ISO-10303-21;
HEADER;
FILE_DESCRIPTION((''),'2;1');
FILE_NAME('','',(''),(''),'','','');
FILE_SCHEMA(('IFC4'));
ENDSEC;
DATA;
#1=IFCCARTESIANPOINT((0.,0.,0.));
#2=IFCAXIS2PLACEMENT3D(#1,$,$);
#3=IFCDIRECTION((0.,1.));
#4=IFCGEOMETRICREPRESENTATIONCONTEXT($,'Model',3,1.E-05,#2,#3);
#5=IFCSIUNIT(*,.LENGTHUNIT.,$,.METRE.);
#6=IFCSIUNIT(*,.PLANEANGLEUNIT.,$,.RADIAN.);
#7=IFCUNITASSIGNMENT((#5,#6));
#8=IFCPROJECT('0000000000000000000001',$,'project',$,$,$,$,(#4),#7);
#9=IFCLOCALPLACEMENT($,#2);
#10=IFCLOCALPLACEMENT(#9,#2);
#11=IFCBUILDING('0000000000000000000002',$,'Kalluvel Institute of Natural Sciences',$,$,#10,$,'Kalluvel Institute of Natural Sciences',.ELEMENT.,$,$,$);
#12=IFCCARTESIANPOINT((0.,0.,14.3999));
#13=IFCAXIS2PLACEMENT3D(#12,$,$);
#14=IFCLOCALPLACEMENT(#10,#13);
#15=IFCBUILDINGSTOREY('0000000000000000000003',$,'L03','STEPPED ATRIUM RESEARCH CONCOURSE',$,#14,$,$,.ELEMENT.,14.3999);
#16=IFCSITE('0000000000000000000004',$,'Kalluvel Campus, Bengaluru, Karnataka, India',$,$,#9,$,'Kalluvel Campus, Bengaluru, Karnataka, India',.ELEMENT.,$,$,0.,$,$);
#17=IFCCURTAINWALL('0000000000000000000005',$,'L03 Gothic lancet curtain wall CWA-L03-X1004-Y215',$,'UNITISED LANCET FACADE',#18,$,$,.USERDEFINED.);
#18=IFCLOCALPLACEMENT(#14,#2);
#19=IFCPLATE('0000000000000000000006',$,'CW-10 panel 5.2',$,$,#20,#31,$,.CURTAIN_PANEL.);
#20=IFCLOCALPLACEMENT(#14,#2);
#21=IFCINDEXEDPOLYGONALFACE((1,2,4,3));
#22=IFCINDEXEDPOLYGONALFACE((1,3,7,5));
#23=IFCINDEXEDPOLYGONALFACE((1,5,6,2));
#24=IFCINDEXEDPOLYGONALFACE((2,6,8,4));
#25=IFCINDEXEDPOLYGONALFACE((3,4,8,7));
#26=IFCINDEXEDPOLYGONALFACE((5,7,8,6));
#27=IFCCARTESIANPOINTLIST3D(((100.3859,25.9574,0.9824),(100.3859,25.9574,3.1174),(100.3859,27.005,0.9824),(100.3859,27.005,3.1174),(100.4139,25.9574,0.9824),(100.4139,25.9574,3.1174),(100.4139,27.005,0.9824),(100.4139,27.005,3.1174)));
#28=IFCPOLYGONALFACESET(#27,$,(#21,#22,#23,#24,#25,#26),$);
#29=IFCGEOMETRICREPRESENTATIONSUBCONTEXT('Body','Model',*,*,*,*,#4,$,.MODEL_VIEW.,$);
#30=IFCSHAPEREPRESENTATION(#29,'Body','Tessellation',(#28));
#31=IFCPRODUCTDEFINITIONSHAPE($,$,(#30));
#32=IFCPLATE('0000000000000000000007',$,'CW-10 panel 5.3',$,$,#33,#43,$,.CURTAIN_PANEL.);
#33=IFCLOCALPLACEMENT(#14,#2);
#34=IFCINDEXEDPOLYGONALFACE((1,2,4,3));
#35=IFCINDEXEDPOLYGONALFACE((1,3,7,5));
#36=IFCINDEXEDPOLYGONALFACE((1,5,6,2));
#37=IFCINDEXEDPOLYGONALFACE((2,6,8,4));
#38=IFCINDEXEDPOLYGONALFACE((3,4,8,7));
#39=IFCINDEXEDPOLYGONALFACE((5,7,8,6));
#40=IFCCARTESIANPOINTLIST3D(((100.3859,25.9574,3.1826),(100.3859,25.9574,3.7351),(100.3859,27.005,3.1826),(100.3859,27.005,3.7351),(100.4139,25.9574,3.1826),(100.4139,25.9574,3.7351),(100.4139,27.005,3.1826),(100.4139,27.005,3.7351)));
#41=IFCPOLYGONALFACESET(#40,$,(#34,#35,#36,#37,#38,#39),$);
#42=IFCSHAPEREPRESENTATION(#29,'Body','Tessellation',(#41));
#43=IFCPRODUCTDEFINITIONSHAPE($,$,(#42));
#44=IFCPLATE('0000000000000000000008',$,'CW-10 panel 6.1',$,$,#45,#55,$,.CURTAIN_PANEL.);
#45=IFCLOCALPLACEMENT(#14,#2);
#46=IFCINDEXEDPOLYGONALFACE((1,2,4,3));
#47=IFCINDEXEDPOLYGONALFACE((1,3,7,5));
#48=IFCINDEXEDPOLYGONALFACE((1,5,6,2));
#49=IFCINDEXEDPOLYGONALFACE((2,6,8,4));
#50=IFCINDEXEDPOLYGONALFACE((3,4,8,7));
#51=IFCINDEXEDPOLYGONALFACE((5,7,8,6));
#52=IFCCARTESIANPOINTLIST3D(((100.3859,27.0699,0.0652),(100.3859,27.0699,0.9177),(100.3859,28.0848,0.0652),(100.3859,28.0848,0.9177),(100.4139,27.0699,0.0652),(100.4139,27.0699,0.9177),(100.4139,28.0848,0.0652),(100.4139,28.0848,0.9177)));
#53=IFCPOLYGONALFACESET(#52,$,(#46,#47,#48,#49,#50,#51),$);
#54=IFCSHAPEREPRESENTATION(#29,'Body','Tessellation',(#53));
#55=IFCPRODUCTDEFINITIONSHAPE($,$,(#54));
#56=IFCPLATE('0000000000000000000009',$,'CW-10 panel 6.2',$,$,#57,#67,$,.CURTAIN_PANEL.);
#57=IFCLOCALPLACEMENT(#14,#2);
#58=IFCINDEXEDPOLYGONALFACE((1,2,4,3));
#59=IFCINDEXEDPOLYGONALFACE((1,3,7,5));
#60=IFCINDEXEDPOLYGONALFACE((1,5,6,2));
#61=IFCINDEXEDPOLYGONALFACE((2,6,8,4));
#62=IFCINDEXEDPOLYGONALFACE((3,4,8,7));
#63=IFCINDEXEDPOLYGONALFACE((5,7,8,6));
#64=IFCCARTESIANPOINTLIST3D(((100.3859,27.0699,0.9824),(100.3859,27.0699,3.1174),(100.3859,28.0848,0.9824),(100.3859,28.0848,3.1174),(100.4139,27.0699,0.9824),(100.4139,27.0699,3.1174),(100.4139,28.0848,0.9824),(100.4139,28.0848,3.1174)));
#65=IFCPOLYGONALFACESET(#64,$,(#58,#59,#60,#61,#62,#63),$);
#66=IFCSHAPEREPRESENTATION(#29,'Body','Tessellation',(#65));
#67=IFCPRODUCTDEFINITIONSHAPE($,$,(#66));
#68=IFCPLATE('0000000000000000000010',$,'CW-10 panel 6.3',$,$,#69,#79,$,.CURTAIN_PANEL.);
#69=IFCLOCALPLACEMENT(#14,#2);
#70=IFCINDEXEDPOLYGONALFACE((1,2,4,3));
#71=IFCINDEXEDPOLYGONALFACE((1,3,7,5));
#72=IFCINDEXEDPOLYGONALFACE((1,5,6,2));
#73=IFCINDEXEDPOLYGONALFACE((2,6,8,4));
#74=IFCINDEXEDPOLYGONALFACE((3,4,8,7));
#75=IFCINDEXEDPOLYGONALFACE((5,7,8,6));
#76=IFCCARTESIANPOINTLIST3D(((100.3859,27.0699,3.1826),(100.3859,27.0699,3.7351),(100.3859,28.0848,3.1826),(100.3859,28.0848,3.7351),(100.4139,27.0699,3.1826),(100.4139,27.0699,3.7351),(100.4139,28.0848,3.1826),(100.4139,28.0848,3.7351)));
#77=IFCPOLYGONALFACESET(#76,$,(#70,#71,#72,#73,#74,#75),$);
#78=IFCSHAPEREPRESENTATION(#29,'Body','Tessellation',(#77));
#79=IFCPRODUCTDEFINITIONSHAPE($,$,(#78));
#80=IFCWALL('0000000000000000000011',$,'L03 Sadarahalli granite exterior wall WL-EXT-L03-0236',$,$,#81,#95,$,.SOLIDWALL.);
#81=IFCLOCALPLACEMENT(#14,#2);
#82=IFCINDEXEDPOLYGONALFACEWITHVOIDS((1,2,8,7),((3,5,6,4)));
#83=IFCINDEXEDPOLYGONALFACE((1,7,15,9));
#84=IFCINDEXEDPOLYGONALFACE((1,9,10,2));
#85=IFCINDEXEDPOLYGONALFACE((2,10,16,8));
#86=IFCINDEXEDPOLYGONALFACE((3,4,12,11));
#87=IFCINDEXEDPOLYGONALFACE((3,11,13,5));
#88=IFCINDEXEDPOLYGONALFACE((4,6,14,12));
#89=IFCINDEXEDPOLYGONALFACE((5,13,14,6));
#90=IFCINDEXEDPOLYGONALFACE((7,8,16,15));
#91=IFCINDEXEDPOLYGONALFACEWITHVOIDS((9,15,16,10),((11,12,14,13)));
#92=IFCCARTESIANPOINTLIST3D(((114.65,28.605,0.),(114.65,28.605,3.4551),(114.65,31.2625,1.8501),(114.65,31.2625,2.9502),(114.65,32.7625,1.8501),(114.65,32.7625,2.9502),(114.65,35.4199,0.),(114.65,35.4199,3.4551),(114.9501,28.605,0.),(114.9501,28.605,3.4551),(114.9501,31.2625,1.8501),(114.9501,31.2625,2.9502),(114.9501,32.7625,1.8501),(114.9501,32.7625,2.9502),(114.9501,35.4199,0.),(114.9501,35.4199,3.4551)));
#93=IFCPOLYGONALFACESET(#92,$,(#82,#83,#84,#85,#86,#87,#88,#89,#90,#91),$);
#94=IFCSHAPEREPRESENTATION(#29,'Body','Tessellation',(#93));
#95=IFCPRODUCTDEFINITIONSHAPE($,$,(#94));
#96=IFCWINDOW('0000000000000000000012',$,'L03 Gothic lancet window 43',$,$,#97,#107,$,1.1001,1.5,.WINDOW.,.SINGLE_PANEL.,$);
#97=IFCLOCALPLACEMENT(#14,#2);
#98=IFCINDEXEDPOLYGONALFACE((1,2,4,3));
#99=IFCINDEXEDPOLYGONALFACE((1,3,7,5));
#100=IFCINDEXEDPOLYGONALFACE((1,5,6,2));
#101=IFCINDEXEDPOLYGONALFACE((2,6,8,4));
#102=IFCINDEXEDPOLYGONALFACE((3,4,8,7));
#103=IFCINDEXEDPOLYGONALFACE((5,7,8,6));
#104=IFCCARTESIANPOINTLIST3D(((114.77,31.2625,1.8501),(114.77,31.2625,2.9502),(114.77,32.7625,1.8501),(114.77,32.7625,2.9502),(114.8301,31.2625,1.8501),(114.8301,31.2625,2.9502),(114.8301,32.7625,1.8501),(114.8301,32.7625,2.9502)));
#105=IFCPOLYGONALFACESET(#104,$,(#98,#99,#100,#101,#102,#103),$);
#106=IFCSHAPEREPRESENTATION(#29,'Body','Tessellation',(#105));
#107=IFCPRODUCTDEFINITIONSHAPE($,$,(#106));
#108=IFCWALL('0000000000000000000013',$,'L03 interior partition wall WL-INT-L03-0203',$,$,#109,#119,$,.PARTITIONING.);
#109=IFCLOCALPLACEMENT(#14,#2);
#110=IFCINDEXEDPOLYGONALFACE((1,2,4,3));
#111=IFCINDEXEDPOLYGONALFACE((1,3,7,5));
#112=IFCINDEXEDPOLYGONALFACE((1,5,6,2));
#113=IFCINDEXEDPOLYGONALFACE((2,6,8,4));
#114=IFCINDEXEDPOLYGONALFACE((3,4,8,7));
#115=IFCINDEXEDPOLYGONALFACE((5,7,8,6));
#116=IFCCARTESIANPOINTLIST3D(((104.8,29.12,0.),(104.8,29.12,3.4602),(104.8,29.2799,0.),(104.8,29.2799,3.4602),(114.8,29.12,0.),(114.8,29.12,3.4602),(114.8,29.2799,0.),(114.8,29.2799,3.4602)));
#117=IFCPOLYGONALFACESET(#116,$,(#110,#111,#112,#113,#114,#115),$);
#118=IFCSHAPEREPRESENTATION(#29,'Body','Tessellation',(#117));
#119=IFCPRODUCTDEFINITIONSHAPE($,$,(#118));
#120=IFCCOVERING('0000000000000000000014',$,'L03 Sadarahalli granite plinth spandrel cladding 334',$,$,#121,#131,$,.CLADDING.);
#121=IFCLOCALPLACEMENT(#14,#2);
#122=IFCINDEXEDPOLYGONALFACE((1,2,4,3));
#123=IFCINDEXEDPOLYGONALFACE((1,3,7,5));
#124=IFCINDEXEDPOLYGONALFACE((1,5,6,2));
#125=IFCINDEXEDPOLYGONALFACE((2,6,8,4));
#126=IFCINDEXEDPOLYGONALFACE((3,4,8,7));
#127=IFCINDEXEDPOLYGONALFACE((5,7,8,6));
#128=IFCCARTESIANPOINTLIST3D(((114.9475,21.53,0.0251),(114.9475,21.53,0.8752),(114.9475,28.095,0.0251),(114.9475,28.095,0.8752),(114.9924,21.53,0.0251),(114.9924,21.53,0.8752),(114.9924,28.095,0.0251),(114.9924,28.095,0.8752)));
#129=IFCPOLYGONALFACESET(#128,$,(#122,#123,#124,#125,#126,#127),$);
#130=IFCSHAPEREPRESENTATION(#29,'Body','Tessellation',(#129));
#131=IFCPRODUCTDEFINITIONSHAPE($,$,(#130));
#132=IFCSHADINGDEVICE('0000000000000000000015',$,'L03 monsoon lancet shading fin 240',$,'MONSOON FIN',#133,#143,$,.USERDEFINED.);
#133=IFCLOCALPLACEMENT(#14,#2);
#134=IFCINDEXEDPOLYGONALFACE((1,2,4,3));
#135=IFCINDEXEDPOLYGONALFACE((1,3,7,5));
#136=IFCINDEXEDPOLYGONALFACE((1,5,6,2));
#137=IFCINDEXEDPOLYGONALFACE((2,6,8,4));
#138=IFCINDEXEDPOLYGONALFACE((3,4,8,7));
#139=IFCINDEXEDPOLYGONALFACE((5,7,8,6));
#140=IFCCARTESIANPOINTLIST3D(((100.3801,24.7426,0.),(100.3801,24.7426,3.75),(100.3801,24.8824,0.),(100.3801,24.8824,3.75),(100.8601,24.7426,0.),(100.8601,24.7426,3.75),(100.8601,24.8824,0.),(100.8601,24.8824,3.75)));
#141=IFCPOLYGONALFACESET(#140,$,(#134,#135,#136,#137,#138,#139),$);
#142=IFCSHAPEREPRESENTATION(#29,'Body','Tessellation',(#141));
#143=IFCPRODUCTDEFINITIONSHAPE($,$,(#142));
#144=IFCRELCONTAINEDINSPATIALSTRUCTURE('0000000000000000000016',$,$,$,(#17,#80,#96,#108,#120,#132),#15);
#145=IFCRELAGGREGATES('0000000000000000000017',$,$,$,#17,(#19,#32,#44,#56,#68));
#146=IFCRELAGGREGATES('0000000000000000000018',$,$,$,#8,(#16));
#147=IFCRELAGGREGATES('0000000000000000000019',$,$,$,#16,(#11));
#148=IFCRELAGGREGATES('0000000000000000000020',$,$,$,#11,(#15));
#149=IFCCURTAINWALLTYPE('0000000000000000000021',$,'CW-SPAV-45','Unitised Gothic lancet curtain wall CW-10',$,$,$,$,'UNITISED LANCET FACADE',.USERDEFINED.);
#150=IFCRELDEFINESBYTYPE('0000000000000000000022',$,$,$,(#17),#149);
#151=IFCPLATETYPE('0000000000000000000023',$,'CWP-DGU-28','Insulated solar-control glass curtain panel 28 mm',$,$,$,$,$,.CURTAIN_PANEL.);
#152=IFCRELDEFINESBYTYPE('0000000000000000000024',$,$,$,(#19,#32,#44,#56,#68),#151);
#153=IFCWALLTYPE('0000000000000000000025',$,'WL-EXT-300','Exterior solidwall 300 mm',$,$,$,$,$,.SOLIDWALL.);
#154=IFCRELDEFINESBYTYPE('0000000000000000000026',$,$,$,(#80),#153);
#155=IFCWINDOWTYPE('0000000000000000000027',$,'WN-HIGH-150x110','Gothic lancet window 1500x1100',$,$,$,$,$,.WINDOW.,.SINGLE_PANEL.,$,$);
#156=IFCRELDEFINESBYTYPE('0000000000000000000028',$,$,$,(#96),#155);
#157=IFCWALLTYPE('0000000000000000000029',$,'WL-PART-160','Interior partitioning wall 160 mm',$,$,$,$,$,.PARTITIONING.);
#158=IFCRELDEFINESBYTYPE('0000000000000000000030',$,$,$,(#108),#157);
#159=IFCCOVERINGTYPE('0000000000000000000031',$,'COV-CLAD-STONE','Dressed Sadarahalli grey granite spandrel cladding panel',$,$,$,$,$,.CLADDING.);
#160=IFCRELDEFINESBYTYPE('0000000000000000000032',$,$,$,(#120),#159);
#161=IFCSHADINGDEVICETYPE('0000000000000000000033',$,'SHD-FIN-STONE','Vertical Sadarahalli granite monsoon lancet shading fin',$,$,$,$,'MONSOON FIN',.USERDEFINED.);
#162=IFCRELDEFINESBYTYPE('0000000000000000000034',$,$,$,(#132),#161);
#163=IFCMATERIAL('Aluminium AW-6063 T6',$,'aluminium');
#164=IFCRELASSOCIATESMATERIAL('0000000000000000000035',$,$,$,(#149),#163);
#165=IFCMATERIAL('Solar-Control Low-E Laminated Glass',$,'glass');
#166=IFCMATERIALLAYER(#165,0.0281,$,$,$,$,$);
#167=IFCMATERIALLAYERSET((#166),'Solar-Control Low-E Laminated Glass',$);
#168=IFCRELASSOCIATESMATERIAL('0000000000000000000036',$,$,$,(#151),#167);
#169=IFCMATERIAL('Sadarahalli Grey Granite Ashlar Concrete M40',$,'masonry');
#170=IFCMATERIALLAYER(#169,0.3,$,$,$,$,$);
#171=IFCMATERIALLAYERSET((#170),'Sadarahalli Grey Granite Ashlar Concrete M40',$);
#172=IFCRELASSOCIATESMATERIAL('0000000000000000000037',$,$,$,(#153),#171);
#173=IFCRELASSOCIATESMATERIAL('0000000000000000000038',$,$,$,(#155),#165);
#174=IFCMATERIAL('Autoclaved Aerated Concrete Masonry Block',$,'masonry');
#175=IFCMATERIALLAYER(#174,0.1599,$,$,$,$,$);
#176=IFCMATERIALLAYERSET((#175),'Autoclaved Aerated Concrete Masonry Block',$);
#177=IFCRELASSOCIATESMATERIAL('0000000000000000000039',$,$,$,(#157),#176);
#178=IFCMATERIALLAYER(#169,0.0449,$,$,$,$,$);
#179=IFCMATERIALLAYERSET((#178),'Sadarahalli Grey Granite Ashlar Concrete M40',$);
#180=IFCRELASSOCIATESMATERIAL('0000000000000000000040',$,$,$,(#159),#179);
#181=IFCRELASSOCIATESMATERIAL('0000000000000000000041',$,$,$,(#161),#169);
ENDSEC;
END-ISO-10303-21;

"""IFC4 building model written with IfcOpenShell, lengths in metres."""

from ifc_helpers import new_model, si_unit, direction, frame, frame_2d, origin, origin_2d, place, context, subcontext, project, spatial, rectangle, extrude, material, layer, layer_set, type_object, element, fill, aggregate, save


model = new_model("IFC4")

# Units and contexts
model_context = context("Model", 3, precision=1e-05, world=origin(), true_north=direction((0.0, 1.0)))
body_context = subcontext(model_context, "Body", "Model", "MODEL_VIEW")
ifc_project = project(units=[si_unit("LENGTHUNIT", "METRE"), si_unit("PLANEANGLEUNIT", "RADIAN")], contexts=[model_context])

# Site, building, storey
site_placement = place(None, origin())
site = spatial("IfcSite", under=ifc_project, at=site_placement, Name="Kalluvel Campus, Bengaluru, Karnataka, India", LongName="Kalluvel Campus, Bengaluru, Karnataka, India", CompositionType="ELEMENT", RefElevation=0.0)
building_placement = place(site_placement, origin())
building = spatial("IfcBuilding", under=site, at=building_placement, Name="Kalluvel Institute of Natural Sciences", LongName="Kalluvel Institute of Natural Sciences", CompositionType="ELEMENT")
storey_placement = place(building_placement, frame((0.0, 0.0, 14.3999)))
storey = spatial("IfcBuildingStorey", under=building, at=storey_placement, Name="L03", Description="STEPPED ATRIUM RESEARCH CONCOURSE", CompositionType="ELEMENT", Elevation=14.3999)

# Curtain wall
ifc_material_1 = material(Name="Aluminium AW-6063 T6", Category="aluminium")
curtain_wall_type = type_object("IfcCurtainWallType", Name="CW-SPAV-45", Description="Unitised Gothic lancet curtain wall CW-10", ElementType="UNITISED LANCET FACADE", PredefinedType="USERDEFINED", material=ifc_material_1)
curtain_wall_placement = place(storey_placement, origin())
curtain_wall = element("IfcCurtainWall", 1, at=curtain_wall_placement, inside=storey, type_object=curtain_wall_type, Name="L03 Gothic lancet curtain wall CWA-L03-X1004-Y215", ObjectType="UNITISED LANCET FACADE", PredefinedType="USERDEFINED")

# Plates
ifc_material_2 = material(Name="Solar-Control Low-E Laminated Glass", Category="glass")
ifc_layer_1 = layer(ifc_material_2, 0.0281)
ifc_layer_set_1 = layer_set([ifc_layer_1], Name="Solar-Control Low-E Laminated Glass")
plate_type = type_object("IfcPlateType", Name="CWP-DGU-28", Description="Insulated solar-control glass curtain panel 28 mm", PredefinedType="CURTAIN_PANEL", material=ifc_layer_set_1)
plate_1_placement = place(storey_placement, frame((100.3999, 26.4812, 0.9824), z_axis=(0.0, 0.0, 1.0), x_axis=(0.0, 1.0, 0.0)))
plate_1 = element("IfcPlate", 2, at=plate_1_placement, type_object=plate_type, Name="CW-10 panel 5.2", PredefinedType="CURTAIN_PANEL", context=body_context, shape_type="SweptSolid", body=[
    extrude(rectangle(XDim=1.0476, YDim=0.0281, at=origin_2d()), origin(), (0.0, 0.0, 1.0), 2.135),
])
plate_2_placement = place(storey_placement, frame((100.3999, 26.4812, 3.1826), z_axis=(0.0, 0.0, 1.0), x_axis=(0.0, 1.0, 0.0)))
plate_2 = element("IfcPlate", 3, at=plate_2_placement, type_object=plate_type, Name="CW-10 panel 5.3", PredefinedType="CURTAIN_PANEL", context=body_context, shape_type="SweptSolid", body=[
    extrude(rectangle(XDim=1.0476, YDim=0.0281, at=origin_2d()), origin(), (0.0, 0.0, 1.0), 0.5525),
])
plate_3_placement = place(storey_placement, frame((100.3999, 27.5774, 0.0652), z_axis=(0.0, 0.0, 1.0), x_axis=(0.0, 1.0, 0.0)))
plate_3 = element("IfcPlate", 4, at=plate_3_placement, type_object=plate_type, Name="CW-10 panel 6.1", PredefinedType="CURTAIN_PANEL", context=body_context, shape_type="SweptSolid", body=[
    extrude(rectangle(XDim=1.0149, YDim=0.0281, at=origin_2d()), origin(), (0.0, 0.0, 1.0), 0.8525),
])
plate_4_placement = place(storey_placement, frame((100.3999, 27.5774, 0.9824), z_axis=(0.0, 0.0, 1.0), x_axis=(0.0, 1.0, 0.0)))
plate_4 = element("IfcPlate", 5, at=plate_4_placement, type_object=plate_type, Name="CW-10 panel 6.2", PredefinedType="CURTAIN_PANEL", context=body_context, shape_type="SweptSolid", body=[
    extrude(rectangle(XDim=1.0149, YDim=0.0281, at=origin_2d()), origin(), (0.0, 0.0, 1.0), 2.135),
])
plate_5_placement = place(storey_placement, frame((100.3999, 27.5774, 3.1826), z_axis=(0.0, 0.0, 1.0), x_axis=(0.0, 1.0, 0.0)))
plate_5 = element("IfcPlate", 6, at=plate_5_placement, type_object=plate_type, Name="CW-10 panel 6.3", PredefinedType="CURTAIN_PANEL", context=body_context, shape_type="SweptSolid", body=[
    extrude(rectangle(XDim=1.0149, YDim=0.0281, at=origin_2d()), origin(), (0.0, 0.0, 1.0), 0.5525),
])
aggregate(curtain_wall, [plate_1, plate_2, plate_3, plate_4, plate_5])

# Wall, opening, window
ifc_material_3 = material(Name="Sadarahalli Grey Granite Ashlar Concrete M40", Category="masonry")
ifc_layer_2 = layer(ifc_material_3, 0.3)
ifc_layer_set_2 = layer_set([ifc_layer_2], Name="Sadarahalli Grey Granite Ashlar Concrete M40")
wall_type_1 = type_object("IfcWallType", Name="WL-EXT-300", Description="Exterior solidwall 300 mm", PredefinedType="SOLIDWALL", material=ifc_layer_set_2)
wall_1_placement = place(storey_placement, frame((114.8, 28.605, 0.0), z_axis=(0.0, 0.0, 1.0), x_axis=(0.0, 1.0, 0.0)))
wall_1 = element("IfcWall", 7, at=wall_1_placement, inside=storey, type_object=wall_type_1, Name="L03 Sadarahalli granite exterior wall WL-EXT-L03-0236", PredefinedType="SOLIDWALL", context=body_context, shape_type="SweptSolid", body=[
    extrude(rectangle(XDim=6.8149, YDim=0.3, at=frame_2d((3.4075, 0.0))), origin(), (0.0, 0.0, 1.0), 3.4551),
])
opening_placement = place(wall_1_placement, frame((2.6575, 0.0, 1.8501)))
opening = element("IfcOpeningElement", 8, at=opening_placement, cuts=wall_1, PredefinedType="OPENING", context=body_context, shape_type="SweptSolid", body=[
    extrude(rectangle(XDim=1.5, YDim=1.1001, at=frame_2d((0.75, 0.55))), frame((0.0, 0.1599, 0.0), z_axis=(0.0, -1.0, 0.0), x_axis=(1.0, 0.0, 0.0)), (0.0, 0.0, 1.0), 0.3201),
])
window_type = type_object("IfcWindowType", Name="WN-HIGH-150x110", Description="Gothic lancet window 1500x1100", PartitioningType="SINGLE_PANEL", PredefinedType="WINDOW", material=ifc_material_2)
window_placement = place(opening_placement, origin())
window = element("IfcWindow", 9, at=window_placement, inside=storey, type_object=window_type, Name="L03 Gothic lancet window 43", OverallHeight=1.1001, OverallWidth=1.5, PartitioningType="SINGLE_PANEL", PredefinedType="WINDOW", context=body_context, shape_type="SweptSolid", body=[
    extrude(rectangle(XDim=1.5, YDim=1.1001, at=frame_2d((0.75, 0.55))), frame((0.0, 0.03, 0.0), z_axis=(0.0, -1.0, 0.0), x_axis=(1.0, 0.0, 0.0)), (0.0, 0.0, 1.0), 0.0601),
])
fill(opening, window)

# Wall
ifc_material_4 = material(Name="Autoclaved Aerated Concrete Masonry Block", Category="masonry")
ifc_layer_3 = layer(ifc_material_4, 0.1599)
ifc_layer_set_3 = layer_set([ifc_layer_3], Name="Autoclaved Aerated Concrete Masonry Block")
wall_type_2 = type_object("IfcWallType", Name="WL-PART-160", Description="Interior partitioning wall 160 mm", PredefinedType="PARTITIONING", material=ifc_layer_set_3)
wall_2_placement = place(storey_placement, frame((104.8, 29.2, 0.0), z_axis=(0.0, 0.0, 1.0), x_axis=(1.0, 0.0, 0.0)))
element("IfcWall", 10, at=wall_2_placement, inside=storey, type_object=wall_type_2, Name="L03 interior partition wall WL-INT-L03-0203", PredefinedType="PARTITIONING", context=body_context, shape_type="SweptSolid", body=[
    extrude(rectangle(XDim=10.0, YDim=0.1599, at=frame_2d((5.0, 0.0))), origin(), (0.0, 0.0, 1.0), 3.4602),
])

# Covering
ifc_layer_4 = layer(ifc_material_3, 0.0449)
ifc_layer_set_4 = layer_set([ifc_layer_4], Name="Sadarahalli Grey Granite Ashlar Concrete M40")
covering_type = type_object("IfcCoveringType", Name="COV-CLAD-STONE", Description="Dressed Sadarahalli grey granite spandrel cladding panel", PredefinedType="CLADDING", material=ifc_layer_set_4)
covering_placement = place(storey_placement, frame((114.97, 24.8125, 0.0251), z_axis=(0.0, 0.0, 1.0), x_axis=(0.0, 1.0, 0.0)))
element("IfcCovering", 11, at=covering_placement, inside=storey, type_object=covering_type, Name="L03 Sadarahalli granite plinth spandrel cladding 334", PredefinedType="CLADDING", context=body_context, shape_type="SweptSolid", body=[
    extrude(rectangle(XDim=6.5649, YDim=0.0449, at=origin_2d()), origin(), (0.0, 0.0, 1.0), 0.8501),
])

# Shading device
shading_device_type = type_object("IfcShadingDeviceType", Name="SHD-FIN-STONE", Description="Vertical Sadarahalli granite monsoon lancet shading fin", ElementType="MONSOON FIN", PredefinedType="USERDEFINED", material=ifc_material_3)
shading_device_placement = place(storey_placement, frame((100.6201, 24.8125, 0.0), z_axis=(0.0, 0.0, 1.0), x_axis=(0.0, 1.0, 0.0)))
element("IfcShadingDevice", 12, at=shading_device_placement, inside=storey, type_object=shading_device_type, Name="L03 monsoon lancet shading fin 240", ObjectType="MONSOON FIN", PredefinedType="USERDEFINED", context=body_context, shape_type="SweptSolid", body=[
    extrude(rectangle(XDim=0.1399, YDim=0.48, at=origin_2d()), origin(), (0.0, 0.0, 1.0), 3.75),
])

save(model, "model.ifc")
